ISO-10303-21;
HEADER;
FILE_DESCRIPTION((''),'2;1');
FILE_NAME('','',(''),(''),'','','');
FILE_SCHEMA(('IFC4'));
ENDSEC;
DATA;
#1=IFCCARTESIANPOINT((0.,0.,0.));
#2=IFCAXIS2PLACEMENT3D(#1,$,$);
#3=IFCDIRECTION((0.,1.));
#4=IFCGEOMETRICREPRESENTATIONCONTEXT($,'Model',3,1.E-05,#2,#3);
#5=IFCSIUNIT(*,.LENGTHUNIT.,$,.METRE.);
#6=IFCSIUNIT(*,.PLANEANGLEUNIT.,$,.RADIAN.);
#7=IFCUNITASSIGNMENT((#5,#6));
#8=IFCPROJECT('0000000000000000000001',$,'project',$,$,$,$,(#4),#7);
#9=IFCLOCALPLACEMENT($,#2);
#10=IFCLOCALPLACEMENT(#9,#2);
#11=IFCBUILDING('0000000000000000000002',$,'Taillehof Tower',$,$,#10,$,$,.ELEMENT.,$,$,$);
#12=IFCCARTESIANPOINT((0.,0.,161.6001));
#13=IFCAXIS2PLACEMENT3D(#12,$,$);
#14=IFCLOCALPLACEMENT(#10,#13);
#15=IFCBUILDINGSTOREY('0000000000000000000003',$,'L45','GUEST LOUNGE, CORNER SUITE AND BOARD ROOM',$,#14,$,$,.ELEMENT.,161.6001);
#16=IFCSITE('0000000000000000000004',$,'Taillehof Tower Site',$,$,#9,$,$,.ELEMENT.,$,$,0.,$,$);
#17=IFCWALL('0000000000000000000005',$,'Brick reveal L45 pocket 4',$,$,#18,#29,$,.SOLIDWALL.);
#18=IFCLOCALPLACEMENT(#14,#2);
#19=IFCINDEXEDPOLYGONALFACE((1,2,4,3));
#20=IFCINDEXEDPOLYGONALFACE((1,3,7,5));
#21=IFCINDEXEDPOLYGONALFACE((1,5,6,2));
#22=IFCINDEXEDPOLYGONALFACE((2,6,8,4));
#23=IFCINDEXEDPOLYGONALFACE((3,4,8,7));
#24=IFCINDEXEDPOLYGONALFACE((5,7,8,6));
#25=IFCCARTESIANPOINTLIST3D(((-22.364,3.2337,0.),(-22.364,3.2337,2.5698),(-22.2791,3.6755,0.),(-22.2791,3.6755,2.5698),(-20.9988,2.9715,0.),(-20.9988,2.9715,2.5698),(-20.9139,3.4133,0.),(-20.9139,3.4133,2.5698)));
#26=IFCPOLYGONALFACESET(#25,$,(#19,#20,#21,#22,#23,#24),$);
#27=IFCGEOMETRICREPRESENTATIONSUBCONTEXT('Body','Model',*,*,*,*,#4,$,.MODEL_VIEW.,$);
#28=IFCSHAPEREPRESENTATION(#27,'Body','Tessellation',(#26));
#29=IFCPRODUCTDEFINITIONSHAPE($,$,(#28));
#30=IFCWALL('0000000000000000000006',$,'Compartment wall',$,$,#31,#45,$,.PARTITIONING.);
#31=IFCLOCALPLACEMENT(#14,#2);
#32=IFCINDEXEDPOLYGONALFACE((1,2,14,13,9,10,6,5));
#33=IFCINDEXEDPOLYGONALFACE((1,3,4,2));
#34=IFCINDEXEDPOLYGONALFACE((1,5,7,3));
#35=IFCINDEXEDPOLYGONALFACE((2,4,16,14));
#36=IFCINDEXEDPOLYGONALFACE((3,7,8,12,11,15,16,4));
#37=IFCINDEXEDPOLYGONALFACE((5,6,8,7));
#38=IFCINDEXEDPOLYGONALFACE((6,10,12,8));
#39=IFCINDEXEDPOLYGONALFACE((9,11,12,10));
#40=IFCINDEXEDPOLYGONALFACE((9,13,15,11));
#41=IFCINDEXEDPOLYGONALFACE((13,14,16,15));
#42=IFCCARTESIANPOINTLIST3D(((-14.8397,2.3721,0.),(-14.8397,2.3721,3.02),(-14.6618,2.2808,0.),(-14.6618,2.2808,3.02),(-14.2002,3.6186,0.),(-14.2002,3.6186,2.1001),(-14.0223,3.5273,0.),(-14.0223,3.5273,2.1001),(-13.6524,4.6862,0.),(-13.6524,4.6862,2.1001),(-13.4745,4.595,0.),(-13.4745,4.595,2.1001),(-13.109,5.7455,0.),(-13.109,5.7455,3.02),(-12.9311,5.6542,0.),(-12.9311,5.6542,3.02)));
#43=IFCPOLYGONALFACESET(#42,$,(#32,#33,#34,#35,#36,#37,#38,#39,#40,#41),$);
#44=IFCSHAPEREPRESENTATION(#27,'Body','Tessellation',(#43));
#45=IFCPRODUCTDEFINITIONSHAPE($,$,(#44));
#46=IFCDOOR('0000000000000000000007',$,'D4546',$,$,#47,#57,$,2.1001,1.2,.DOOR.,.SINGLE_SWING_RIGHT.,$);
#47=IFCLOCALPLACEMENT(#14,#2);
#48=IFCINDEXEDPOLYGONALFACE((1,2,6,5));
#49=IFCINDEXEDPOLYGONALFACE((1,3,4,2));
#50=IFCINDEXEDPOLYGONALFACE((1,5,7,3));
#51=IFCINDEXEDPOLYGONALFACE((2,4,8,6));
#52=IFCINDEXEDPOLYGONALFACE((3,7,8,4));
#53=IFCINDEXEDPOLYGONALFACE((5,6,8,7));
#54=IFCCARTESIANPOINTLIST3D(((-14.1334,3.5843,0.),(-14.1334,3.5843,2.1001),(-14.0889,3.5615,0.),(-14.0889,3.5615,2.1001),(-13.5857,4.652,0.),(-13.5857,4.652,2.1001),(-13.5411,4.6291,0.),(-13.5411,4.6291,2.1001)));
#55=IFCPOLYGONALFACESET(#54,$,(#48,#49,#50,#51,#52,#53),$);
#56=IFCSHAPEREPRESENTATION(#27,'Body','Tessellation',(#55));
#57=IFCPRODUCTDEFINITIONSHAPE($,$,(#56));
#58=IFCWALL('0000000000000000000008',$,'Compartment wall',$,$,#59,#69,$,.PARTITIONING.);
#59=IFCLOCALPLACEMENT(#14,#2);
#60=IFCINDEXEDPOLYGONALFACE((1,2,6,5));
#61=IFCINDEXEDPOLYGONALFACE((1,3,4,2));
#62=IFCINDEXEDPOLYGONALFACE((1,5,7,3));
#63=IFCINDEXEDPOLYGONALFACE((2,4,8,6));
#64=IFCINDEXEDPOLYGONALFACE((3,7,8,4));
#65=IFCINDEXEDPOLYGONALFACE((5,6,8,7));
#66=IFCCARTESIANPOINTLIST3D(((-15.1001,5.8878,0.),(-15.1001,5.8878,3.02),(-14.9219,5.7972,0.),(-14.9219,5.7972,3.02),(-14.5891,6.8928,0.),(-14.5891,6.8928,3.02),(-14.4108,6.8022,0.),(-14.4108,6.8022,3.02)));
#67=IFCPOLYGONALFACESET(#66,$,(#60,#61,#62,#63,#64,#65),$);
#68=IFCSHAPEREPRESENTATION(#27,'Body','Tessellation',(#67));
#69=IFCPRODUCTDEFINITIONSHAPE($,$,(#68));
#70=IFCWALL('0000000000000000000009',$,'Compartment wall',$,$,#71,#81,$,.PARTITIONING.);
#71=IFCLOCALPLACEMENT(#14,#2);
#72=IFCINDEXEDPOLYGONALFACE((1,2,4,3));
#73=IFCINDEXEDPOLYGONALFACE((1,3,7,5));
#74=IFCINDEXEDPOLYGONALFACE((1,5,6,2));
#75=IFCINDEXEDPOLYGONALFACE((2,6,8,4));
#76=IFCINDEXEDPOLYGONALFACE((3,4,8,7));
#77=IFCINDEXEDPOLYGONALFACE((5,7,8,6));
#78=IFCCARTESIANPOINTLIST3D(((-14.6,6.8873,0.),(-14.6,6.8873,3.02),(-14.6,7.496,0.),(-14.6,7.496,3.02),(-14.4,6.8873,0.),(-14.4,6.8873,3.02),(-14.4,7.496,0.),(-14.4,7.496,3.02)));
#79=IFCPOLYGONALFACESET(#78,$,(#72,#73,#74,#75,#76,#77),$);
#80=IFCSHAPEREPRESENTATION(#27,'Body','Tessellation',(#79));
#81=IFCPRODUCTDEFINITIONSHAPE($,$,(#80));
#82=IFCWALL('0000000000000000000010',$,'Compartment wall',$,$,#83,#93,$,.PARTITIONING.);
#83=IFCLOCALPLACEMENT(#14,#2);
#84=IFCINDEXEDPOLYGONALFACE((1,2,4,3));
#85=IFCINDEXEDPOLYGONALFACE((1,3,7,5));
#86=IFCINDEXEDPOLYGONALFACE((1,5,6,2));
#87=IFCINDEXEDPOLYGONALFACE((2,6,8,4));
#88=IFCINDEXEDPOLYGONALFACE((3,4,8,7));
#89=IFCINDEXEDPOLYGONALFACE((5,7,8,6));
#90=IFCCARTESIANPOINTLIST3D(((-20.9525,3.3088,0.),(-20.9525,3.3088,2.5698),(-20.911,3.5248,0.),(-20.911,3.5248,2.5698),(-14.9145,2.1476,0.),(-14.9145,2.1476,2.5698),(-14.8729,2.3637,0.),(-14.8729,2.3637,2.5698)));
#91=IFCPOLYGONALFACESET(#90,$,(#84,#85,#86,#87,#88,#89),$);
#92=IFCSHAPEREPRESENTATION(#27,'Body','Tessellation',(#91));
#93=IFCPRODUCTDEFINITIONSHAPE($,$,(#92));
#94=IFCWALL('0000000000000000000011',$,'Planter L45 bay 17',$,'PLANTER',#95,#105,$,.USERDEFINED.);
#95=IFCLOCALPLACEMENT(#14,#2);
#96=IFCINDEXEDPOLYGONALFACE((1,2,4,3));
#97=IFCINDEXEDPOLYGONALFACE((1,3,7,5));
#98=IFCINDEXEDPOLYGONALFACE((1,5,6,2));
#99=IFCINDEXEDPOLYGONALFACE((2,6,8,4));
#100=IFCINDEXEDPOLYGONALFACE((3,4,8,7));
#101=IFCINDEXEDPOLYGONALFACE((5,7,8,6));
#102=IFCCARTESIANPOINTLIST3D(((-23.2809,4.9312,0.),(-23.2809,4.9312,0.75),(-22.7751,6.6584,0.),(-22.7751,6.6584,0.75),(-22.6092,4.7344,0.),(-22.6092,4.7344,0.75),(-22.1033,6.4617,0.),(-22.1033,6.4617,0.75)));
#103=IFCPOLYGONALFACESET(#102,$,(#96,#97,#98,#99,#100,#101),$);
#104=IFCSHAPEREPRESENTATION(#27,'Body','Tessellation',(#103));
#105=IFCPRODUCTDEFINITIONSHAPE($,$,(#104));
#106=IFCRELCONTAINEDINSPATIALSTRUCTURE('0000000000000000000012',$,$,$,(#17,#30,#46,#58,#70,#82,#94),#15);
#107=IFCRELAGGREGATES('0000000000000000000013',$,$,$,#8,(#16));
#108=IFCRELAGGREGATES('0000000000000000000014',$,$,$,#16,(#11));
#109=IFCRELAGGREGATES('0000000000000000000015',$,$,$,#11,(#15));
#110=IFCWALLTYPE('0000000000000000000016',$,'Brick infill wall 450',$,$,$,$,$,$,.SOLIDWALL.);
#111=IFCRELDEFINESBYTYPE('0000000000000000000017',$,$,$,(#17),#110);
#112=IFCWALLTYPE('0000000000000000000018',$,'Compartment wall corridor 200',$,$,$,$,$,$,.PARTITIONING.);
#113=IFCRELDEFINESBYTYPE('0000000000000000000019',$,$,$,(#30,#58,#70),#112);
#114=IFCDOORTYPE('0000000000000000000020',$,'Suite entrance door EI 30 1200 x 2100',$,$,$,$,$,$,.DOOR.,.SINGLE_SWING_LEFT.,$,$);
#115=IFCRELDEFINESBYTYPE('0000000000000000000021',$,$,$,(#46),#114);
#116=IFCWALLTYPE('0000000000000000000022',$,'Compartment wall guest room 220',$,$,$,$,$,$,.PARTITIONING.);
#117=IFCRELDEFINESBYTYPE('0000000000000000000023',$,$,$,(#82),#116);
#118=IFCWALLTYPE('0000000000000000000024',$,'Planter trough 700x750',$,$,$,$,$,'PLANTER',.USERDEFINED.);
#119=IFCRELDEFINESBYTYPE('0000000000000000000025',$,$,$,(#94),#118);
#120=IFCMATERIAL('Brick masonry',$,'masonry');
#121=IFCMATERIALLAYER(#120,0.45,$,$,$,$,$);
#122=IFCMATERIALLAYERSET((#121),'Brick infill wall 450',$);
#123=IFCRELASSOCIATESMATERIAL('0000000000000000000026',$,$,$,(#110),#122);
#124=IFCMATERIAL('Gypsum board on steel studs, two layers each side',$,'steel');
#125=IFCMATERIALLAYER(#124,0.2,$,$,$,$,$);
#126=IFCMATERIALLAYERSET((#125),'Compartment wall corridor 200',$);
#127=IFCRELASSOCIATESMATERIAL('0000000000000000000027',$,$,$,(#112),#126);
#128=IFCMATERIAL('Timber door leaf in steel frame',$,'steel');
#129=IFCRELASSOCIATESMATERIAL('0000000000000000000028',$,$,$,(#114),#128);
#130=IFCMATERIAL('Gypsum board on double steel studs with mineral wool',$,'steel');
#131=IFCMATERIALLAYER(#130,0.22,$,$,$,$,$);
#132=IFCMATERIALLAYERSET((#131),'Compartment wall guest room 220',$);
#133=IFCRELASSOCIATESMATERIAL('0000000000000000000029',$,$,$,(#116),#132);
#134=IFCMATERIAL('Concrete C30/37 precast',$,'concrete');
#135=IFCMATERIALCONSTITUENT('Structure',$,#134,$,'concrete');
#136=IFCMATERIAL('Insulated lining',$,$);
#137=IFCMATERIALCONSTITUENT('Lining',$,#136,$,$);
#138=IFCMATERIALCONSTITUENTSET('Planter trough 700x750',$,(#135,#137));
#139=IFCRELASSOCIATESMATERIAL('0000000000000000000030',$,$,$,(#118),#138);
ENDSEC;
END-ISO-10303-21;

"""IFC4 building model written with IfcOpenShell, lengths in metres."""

from ifc_helpers import new_model, si_unit, direction, frame, frame_2d, origin, place, context, subcontext, project, spatial, rectangle, extrude, material, layer, layer_set, constituent, constituent_set, type_object, element, fill, save


model = new_model("IFC4")

# Units and contexts
model_context = context("Model", 3, precision=1e-05, world=origin(), true_north=direction((0.0, 1.0)))
body_context = subcontext(model_context, "Body", "Model", "MODEL_VIEW")
ifc_project = project(units=[si_unit("LENGTHUNIT", "METRE"), si_unit("PLANEANGLEUNIT", "RADIAN")], contexts=[model_context])

# Site, building, storey
site_placement = place(None, origin())
site = spatial("IfcSite", under=ifc_project, at=site_placement, Name="Taillehof Tower Site", CompositionType="ELEMENT", RefElevation=0.0)
building_placement = place(site_placement, origin())
building = spatial("IfcBuilding", under=site, at=building_placement, Name="Taillehof Tower", CompositionType="ELEMENT")
storey_placement = place(building_placement, frame((0.0, 0.0, 161.6001)))
storey = spatial("IfcBuildingStorey", under=building, at=storey_placement, Name="L45", Description="GUEST LOUNGE, CORNER SUITE AND BOARD ROOM", CompositionType="ELEMENT", Elevation=161.6001)

# Shared definitions
ifc_material_1 = material(Name="Brick masonry", Category="masonry")
ifc_layer_1 = layer(ifc_material_1, 0.45)
ifc_layer_set_1 = layer_set([ifc_layer_1], Name="Brick infill wall 450")
wall_type_1 = type_object("IfcWallType", Name="Brick infill wall 450", PredefinedType="SOLIDWALL", material=ifc_layer_set_1)

# Wall
wall_1_placement = place(storey_placement, frame((-22.3215, 3.4546, 0.0), z_axis=(0.0, 0.0, 1.0), x_axis=(0.982052, -0.188613, 0.0)))
element("IfcWall", 1, at=wall_1_placement, inside=storey, type_object=wall_type_1, Name="Brick reveal L45 pocket 4", PredefinedType="SOLIDWALL", context=body_context, shape_type="SweptSolid", body=[
    extrude(rectangle(XDim=1.3901, YDim=0.45, at=frame_2d((0.6951, 0.0))), origin(), (0.0, 0.0, 1.0), 2.5698),
])

# Wall, opening, door
ifc_material_2 = material(Name="Gypsum board on steel studs, two layers each side", Category="steel")
ifc_layer_2 = layer(ifc_material_2, 0.2)
ifc_layer_set_2 = layer_set([ifc_layer_2], Name="Compartment wall corridor 200")
wall_type_2 = type_object("IfcWallType", Name="Compartment wall corridor 200", PredefinedType="PARTITIONING", material=ifc_layer_set_2)
wall_2_placement = place(storey_placement, frame((-14.7507, 2.3264, 0.0), z_axis=(0.0, 0.0, 1.0), x_axis=(0.456462, 0.889743, 0.0)))
wall_2 = element("IfcWall", 2, at=wall_2_placement, inside=storey, type_object=wall_type_2, Name="Compartment wall", PredefinedType="PARTITIONING", context=body_context, shape_type="SweptSolid", body=[
    extrude(rectangle(XDim=3.7915, YDim=0.2, at=frame_2d((1.8958, 0.0))), origin(), (0.0, 0.0, 1.0), 3.02),
])
opening_1_placement = place(wall_2_placement, frame((1.4009, 0.0, 0.0)))
opening_1 = element("IfcOpeningElement", 3, at=opening_1_placement, cuts=wall_2, PredefinedType="OPENING", context=body_context, shape_type="SweptSolid", body=[
    extrude(rectangle(XDim=1.2, YDim=2.1001, at=frame_2d((0.6001, 1.05))), frame((0.0, 0.1099, 0.0), z_axis=(0.0, -1.0, 0.0), x_axis=(1.0, 0.0, 0.0)), (0.0, 0.0, 1.0), 0.22),
])
ifc_material_3 = material(Name="Timber door leaf in steel frame", Category="steel")
door_type_1 = type_object("IfcDoorType", Name="Suite entrance door EI 30 1200 x 2100", OperationType="SINGLE_SWING_LEFT", PredefinedType="DOOR", material=ifc_material_3)
door_1_placement = place(opening_1_placement, origin())
door_1 = element("IfcDoor", 4, at=door_1_placement, inside=storey, type_object=door_type_1, Name="D4546", OperationType="SINGLE_SWING_RIGHT", OverallHeight=2.1001, OverallWidth=1.2, PredefinedType="DOOR", context=body_context, shape_type="SweptSolid", body=[
    extrude(rectangle(XDim=1.2, YDim=2.1001, at=frame_2d((0.6001, 1.05))), frame((0.0, 0.0249, 0.0), z_axis=(0.0, -1.0, 0.0), x_axis=(1.0, 0.0, 0.0)), (0.0, 0.0, 1.0), 0.05),
])
fill(opening_1, door_1)

# Walls
wall_3_placement = place(storey_placement, frame((-15.011, 5.8425, 0.0), z_axis=(0.0, 0.0, 1.0), x_axis=(0.453267, 0.891375, 0.0)))
element("IfcWall", 5, at=wall_3_placement, inside=storey, type_object=wall_type_2, Name="Compartment wall", PredefinedType="PARTITIONING", context=body_context, shape_type="SweptSolid", body=[
    extrude(rectangle(XDim=1.1274, YDim=0.2, at=frame_2d((0.5637, 0.0))), origin(), (0.0, 0.0, 1.0), 3.02),
])
wall_4_placement = place(storey_placement, frame((-14.5, 6.8875, 0.0), z_axis=(0.0, 0.0, 1.0), x_axis=(0.0, 1.0, 0.0)))
element("IfcWall", 6, at=wall_4_placement, inside=storey, type_object=wall_type_2, Name="Compartment wall", PredefinedType="PARTITIONING", context=body_context, shape_type="SweptSolid", body=[
    extrude(rectangle(XDim=0.6086, YDim=0.2, at=frame_2d((0.3042, 0.0))), origin(), (0.0, 0.0, 1.0), 3.02),
])
ifc_material_4 = material(Name="Gypsum board on double steel studs with mineral wool", Category="steel")
ifc_layer_3 = layer(ifc_material_4, 0.22)
ifc_layer_set_3 = layer_set([ifc_layer_3], Name="Compartment wall guest room 220")
wall_type_3 = type_object("IfcWallType", Name="Compartment wall guest room 220", PredefinedType="PARTITIONING", material=ifc_layer_set_3)
wall_5_placement = place(storey_placement, frame((-20.9316, 3.4167, 0.0), z_axis=(0.0, 0.0, 1.0), x_axis=(0.982008, -0.188842, 0.0)))
element("IfcWall", 7, at=wall_5_placement, inside=storey, type_object=wall_type_3, Name="Compartment wall", PredefinedType="PARTITIONING", context=body_context, shape_type="SweptSolid", body=[
    extrude(rectangle(XDim=6.1487, YDim=0.22, at=frame_2d((3.0742, 0.0))), origin(), (0.0, 0.0, 1.0), 2.5698),
])
ifc_material_5 = material(Name="Concrete C30/37 precast", Category="concrete")
ifc_constituent_1 = constituent(ifc_material_5, Name="Structure", Category="concrete")
ifc_material_6 = material(Name="Insulated lining")
ifc_constituent_2 = constituent(ifc_material_6, Name="Lining")
ifc_constituent_set = constituent_set(constituents=[ifc_constituent_1, ifc_constituent_2], Name="Planter trough 700x750")
wall_type_4 = type_object("IfcWallType", Name="Planter trough 700x750", ElementType="PLANTER", PredefinedType="USERDEFINED", material=ifc_constituent_set)
wall_6_placement = place(storey_placement, frame((-22.4392, 6.5601, 0.0), z_axis=(0.0, 0.0, 1.0), x_axis=(-0.281057, -0.959691, 0.0)))
element("IfcWall", 8, at=wall_6_placement, inside=storey, type_object=wall_type_4, Name="Planter L45 bay 17", ObjectType="PLANTER", PredefinedType="USERDEFINED", context=body_context, shape_type="SweptSolid", body=[
    extrude(rectangle(XDim=1.7998, YDim=0.7, at=frame_2d((0.8999, 0.0))), origin(), (0.0, 0.0, 1.0), 0.75),
])

save(model, "model.ifc")
